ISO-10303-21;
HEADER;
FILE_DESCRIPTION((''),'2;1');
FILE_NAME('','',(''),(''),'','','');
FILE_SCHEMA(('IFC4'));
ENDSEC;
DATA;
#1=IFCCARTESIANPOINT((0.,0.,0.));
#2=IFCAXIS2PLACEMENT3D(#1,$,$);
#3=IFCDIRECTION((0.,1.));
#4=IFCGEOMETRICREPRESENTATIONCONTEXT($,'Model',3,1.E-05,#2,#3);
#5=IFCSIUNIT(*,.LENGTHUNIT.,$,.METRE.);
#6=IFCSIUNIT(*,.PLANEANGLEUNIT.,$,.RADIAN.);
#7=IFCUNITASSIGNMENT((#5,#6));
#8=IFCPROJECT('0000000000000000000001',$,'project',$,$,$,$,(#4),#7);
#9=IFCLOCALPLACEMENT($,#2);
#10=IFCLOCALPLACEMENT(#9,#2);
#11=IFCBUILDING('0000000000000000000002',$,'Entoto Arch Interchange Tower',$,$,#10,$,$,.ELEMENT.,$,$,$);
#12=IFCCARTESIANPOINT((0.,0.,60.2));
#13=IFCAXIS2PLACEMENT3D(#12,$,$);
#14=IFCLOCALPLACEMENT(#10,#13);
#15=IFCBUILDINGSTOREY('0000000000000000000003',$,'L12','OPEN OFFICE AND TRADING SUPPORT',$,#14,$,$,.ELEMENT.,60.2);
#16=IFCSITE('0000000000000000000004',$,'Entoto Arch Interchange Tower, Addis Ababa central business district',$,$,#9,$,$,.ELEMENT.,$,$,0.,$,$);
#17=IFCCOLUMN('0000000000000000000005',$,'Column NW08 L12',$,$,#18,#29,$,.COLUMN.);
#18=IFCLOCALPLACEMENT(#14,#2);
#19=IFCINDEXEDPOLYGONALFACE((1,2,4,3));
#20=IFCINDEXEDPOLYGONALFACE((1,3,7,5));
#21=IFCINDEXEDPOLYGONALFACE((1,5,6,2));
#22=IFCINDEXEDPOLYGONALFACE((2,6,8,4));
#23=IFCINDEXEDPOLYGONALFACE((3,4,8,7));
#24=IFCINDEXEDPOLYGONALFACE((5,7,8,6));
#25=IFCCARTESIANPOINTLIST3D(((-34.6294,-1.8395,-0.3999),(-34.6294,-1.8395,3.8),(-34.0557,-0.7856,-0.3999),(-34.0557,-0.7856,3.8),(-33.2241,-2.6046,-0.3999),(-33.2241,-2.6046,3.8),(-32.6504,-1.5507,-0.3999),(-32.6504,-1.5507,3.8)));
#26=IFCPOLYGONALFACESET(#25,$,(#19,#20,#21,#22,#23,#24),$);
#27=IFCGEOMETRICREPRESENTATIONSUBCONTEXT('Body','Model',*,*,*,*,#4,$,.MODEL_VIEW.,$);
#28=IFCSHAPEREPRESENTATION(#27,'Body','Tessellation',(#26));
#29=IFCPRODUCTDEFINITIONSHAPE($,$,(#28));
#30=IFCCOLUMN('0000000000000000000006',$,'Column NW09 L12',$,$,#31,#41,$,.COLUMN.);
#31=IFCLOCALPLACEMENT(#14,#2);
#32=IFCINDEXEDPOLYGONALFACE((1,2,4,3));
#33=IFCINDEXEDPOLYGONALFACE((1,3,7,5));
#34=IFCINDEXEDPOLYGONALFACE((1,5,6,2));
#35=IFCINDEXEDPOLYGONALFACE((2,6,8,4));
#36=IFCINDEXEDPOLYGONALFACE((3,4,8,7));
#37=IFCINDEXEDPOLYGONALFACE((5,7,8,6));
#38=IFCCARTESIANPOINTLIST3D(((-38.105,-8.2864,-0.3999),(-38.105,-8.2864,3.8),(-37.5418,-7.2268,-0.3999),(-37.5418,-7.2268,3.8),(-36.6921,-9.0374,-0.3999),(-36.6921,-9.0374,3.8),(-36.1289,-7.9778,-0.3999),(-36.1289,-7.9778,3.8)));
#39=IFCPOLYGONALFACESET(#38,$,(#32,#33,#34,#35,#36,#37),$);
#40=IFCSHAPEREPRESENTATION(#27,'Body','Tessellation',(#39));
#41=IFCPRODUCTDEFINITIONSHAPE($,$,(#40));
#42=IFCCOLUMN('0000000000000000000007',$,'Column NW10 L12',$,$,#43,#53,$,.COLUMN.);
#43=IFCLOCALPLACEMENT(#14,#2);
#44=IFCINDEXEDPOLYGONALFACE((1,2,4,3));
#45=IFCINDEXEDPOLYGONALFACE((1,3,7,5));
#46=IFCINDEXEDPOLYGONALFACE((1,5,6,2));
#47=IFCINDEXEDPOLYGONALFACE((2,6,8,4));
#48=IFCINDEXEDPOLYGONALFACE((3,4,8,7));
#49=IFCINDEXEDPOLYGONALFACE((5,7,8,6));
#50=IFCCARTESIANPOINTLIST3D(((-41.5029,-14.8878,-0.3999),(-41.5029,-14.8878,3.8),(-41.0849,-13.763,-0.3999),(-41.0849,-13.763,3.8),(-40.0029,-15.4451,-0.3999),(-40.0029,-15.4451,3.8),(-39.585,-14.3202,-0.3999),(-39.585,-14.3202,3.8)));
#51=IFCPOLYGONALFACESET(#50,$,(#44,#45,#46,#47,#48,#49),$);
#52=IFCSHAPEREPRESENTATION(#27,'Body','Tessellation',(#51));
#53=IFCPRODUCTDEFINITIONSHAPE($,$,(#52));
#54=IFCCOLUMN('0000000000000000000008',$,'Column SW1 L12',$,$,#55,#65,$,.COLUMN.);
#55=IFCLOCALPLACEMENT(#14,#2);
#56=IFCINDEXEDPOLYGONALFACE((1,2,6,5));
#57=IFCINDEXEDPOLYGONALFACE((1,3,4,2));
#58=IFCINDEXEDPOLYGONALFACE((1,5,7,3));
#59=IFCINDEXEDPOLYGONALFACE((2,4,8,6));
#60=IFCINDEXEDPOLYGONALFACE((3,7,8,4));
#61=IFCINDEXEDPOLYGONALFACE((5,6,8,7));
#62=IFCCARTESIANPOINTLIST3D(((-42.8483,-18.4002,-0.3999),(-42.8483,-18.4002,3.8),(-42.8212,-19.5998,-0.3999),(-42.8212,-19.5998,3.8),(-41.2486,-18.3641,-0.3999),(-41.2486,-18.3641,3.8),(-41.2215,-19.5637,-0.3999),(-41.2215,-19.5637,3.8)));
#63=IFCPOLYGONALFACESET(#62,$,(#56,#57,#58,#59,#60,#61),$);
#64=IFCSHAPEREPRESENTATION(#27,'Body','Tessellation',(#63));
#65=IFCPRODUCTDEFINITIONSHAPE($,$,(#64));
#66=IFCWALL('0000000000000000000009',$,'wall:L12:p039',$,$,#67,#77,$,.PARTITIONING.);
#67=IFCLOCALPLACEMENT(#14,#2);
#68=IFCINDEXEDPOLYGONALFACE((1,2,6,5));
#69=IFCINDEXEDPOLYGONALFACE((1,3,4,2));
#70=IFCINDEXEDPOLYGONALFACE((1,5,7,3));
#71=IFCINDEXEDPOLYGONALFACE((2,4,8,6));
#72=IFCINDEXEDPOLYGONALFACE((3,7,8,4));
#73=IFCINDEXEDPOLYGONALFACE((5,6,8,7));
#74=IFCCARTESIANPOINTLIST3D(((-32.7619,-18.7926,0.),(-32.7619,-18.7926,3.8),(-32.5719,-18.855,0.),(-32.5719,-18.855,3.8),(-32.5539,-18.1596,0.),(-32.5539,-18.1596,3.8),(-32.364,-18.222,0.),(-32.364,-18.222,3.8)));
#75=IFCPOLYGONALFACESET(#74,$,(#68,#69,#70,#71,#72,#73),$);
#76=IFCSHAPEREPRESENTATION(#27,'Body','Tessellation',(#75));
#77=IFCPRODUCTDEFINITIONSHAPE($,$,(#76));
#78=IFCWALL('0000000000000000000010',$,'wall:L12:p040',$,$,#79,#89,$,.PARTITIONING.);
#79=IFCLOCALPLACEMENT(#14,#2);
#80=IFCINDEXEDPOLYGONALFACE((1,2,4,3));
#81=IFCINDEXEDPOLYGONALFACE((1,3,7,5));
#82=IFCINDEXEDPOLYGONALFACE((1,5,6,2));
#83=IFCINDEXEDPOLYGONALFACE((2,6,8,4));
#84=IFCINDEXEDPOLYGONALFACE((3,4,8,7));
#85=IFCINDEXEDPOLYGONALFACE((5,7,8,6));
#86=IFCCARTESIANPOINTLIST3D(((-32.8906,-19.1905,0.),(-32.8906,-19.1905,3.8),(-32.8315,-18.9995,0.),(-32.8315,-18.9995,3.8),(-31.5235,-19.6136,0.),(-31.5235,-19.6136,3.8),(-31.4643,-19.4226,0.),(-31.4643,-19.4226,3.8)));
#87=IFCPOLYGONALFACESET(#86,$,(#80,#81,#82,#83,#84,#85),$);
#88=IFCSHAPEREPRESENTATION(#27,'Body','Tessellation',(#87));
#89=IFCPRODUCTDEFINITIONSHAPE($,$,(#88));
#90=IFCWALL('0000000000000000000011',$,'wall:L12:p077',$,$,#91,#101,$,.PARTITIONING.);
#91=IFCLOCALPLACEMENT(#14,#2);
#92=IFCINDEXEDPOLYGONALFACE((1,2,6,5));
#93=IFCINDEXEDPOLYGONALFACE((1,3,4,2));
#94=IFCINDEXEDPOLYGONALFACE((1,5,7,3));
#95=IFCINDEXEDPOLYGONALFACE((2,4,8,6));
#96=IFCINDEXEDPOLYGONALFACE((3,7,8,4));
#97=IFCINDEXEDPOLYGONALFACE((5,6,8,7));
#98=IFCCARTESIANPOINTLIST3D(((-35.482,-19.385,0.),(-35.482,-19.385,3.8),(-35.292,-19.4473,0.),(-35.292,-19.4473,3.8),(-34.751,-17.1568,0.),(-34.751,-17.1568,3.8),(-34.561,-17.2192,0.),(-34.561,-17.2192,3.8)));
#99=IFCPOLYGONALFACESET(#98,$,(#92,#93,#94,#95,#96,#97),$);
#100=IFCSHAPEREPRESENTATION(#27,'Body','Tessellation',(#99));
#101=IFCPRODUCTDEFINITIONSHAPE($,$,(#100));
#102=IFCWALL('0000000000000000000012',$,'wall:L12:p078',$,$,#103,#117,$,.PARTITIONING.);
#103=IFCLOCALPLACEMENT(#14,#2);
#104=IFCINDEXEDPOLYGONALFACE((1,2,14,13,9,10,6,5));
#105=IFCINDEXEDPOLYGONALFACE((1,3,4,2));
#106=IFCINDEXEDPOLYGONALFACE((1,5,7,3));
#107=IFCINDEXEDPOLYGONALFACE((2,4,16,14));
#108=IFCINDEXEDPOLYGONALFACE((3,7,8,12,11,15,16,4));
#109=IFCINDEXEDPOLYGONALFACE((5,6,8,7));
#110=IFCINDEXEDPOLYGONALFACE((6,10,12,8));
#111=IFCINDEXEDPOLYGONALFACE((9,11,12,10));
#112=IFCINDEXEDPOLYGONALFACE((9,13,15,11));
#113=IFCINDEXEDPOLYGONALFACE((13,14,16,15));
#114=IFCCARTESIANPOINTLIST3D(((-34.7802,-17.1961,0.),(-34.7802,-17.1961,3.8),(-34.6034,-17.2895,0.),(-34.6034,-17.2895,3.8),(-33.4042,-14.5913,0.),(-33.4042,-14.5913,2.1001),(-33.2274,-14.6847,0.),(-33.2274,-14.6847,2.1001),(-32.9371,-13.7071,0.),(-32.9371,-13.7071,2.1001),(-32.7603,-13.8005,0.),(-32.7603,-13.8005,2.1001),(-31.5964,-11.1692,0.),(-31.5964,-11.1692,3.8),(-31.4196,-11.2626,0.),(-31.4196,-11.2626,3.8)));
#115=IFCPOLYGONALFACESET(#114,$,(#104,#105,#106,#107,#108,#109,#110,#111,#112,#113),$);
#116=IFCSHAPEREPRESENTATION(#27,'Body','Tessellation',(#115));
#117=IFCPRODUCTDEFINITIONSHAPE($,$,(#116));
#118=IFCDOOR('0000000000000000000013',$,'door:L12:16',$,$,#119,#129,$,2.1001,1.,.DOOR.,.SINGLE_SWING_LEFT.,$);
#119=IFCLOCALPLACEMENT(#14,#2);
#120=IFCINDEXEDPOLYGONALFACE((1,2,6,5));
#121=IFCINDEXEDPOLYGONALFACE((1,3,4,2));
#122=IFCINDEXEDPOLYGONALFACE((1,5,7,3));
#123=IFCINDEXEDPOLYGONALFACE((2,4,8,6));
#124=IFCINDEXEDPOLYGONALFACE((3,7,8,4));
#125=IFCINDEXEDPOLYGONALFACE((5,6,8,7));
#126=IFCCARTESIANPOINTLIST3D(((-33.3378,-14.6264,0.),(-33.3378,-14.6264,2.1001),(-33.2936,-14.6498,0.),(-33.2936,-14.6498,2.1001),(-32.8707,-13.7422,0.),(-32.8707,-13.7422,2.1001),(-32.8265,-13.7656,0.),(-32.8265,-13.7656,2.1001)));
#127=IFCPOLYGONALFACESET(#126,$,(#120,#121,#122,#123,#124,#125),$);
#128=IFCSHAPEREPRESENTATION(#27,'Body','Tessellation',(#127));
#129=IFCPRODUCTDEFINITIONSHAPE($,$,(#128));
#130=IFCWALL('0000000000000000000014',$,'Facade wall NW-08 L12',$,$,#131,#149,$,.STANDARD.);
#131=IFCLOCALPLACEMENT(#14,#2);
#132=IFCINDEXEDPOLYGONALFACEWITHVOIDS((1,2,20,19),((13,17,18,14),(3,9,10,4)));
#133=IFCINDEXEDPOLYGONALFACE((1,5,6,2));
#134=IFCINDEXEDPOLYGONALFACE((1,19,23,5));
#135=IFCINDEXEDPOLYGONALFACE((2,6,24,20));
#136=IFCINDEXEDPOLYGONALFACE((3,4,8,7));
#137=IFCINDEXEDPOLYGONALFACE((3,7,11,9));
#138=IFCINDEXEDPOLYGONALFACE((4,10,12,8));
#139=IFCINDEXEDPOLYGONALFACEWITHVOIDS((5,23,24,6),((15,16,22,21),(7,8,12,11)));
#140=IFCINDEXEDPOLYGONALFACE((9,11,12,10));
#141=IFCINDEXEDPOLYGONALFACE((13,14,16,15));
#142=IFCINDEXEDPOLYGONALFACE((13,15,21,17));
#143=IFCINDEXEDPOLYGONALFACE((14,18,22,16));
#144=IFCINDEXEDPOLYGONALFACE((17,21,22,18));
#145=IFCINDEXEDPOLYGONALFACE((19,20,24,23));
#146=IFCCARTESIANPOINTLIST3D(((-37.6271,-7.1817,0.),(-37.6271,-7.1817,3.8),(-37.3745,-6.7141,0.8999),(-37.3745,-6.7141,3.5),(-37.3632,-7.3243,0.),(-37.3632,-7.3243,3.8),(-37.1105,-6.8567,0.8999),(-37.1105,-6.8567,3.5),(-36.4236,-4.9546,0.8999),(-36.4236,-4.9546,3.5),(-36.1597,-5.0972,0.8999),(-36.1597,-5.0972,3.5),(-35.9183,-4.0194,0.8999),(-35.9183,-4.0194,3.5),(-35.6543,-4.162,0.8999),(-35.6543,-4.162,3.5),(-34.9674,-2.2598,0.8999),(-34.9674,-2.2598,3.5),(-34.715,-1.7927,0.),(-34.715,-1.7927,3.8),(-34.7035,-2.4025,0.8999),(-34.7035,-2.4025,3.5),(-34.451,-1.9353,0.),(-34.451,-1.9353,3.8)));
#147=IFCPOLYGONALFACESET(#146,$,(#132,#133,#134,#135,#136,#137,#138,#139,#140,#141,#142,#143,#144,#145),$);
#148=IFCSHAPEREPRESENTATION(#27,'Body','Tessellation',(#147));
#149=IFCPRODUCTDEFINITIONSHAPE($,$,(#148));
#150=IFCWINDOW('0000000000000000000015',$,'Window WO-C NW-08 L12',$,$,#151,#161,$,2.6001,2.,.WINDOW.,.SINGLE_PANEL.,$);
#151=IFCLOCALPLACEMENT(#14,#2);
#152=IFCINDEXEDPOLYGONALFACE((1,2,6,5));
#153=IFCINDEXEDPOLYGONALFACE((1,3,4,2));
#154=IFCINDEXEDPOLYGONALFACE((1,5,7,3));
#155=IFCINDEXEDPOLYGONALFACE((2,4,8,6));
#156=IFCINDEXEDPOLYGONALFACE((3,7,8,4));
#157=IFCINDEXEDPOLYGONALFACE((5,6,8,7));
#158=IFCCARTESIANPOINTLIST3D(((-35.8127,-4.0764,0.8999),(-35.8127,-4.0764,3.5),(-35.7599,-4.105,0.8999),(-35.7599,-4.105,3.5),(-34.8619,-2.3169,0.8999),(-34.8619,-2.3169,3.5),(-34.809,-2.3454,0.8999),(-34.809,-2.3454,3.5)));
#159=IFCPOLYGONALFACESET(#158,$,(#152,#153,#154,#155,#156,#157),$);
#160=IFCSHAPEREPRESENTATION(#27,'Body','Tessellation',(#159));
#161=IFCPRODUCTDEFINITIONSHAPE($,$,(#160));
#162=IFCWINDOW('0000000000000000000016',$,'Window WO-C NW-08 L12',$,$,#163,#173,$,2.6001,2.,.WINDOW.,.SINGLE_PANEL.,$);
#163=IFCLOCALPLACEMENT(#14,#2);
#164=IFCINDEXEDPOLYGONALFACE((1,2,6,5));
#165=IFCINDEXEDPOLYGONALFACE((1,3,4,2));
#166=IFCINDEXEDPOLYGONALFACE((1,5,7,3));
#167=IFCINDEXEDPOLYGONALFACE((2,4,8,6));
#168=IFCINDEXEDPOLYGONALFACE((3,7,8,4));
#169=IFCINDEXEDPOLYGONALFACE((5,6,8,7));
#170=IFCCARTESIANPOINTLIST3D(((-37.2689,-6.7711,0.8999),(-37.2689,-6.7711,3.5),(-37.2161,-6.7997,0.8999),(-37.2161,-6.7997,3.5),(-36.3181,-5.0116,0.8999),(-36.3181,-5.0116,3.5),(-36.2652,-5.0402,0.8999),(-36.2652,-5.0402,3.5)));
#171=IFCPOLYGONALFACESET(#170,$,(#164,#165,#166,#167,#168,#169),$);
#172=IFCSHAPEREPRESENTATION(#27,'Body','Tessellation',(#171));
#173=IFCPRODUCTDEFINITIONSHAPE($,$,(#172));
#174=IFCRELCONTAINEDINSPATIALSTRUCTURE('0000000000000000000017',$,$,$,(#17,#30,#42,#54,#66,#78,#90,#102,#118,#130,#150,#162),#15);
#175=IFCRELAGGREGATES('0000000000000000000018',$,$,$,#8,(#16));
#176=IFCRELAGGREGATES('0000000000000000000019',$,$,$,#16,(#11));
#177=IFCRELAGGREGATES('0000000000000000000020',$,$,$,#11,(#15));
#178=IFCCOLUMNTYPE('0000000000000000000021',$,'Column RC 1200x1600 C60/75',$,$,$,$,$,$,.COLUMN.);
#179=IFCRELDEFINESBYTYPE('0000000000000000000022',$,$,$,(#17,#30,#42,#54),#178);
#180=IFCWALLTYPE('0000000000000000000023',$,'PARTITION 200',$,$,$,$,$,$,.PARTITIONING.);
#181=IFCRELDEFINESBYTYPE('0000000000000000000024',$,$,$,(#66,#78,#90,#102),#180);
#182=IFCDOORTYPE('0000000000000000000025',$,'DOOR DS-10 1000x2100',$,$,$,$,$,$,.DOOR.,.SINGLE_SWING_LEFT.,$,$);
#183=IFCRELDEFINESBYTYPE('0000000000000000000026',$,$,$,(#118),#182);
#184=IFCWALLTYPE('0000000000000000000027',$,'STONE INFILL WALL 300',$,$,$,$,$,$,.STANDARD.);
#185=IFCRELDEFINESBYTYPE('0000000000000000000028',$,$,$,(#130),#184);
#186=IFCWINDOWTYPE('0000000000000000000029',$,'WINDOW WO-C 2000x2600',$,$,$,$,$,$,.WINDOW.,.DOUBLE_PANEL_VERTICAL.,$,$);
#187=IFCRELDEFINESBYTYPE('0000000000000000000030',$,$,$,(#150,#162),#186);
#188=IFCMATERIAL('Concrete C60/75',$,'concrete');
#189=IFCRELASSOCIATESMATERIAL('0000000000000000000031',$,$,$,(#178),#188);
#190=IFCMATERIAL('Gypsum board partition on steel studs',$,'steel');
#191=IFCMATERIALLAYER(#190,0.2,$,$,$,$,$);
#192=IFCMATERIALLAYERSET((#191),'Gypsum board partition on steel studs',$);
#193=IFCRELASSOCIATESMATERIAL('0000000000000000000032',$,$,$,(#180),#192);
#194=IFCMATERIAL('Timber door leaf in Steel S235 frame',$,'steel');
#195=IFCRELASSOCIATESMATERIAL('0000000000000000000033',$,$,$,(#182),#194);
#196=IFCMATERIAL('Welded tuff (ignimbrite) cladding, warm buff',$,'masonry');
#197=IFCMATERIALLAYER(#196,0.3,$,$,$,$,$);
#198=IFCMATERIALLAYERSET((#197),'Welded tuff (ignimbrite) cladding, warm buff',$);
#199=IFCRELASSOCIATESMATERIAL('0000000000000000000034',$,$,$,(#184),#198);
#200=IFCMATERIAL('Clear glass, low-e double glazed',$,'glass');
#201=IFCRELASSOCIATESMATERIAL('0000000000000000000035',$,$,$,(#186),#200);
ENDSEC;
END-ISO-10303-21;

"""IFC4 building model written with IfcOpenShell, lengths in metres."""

from ifc_helpers import new_model, si_unit, direction, frame, frame_2d, origin, origin_2d, place, context, subcontext, project, spatial, rectangle, extrude, material, layer, layer_set, material_profile, profile_set, type_object, element, fill, save


model = new_model("IFC4")

# Units and contexts
model_context = context("Model", 3, precision=1e-05, world=origin(), true_north=direction((0.0, 1.0)))
body_context = subcontext(model_context, "Body", "Model", "MODEL_VIEW")
ifc_project = project(units=[si_unit("LENGTHUNIT", "METRE"), si_unit("PLANEANGLEUNIT", "RADIAN")], contexts=[model_context])

# Site, building, storey
site_placement = place(None, origin())
site = spatial("IfcSite", under=ifc_project, at=site_placement, Name="Entoto Arch Interchange Tower, Addis Ababa central business district", CompositionType="ELEMENT", RefElevation=0.0)
building_placement = place(site_placement, origin())
building = spatial("IfcBuilding", under=site, at=building_placement, Name="Entoto Arch Interchange Tower", CompositionType="ELEMENT")
storey_placement = place(building_placement, frame((0.0, 0.0, 60.2)))
storey = spatial("IfcBuildingStorey", under=building, at=storey_placement, Name="L12", Description="OPEN OFFICE AND TRADING SUPPORT", CompositionType="ELEMENT", Elevation=60.2)

# Columns
ifc_material_1 = material(Name="Concrete C60/75", Category="concrete")
ifc_material_profile = material_profile(ifc_material_1, rectangle(XDim=1.2, YDim=1.6001, at=origin_2d()))
ifc_profile_set = profile_set([ifc_material_profile], Name="Concrete C60/75")
column_type = type_object("IfcColumnType", Name="Column RC 1200x1600 C60/75", PredefinedType="COLUMN", material=ifc_profile_set)
for number, where, z_axis, x_axis, name in (
    (1, (-33.6399, -1.6951, -0.3999), (0.0, 0.0, 1.0), (0.47814, 0.878284, 0.0), "Column NW08 L12"),
    (2, (-37.1169, -8.1321, -0.3999), (0.0, 0.0, 1.0), (0.469317, 0.88303, 0.0), "Column NW09 L12"),
    (3, (-40.5439, -14.604, -0.3999), (0.0, 0.0, 1.0), (0.348278, 0.937391, 0.0), "Column NW10 L12"),
    (4, (-42.0349, -18.9819, -0.3999), (0.0, 0.0, 1.0), (-0.022565, 0.999745, 0.0), "Column SW1 L12"),
):
    element("IfcColumn", number, at=place(storey_placement, frame(where, z_axis=z_axis, x_axis=x_axis)), inside=storey, type_object=column_type, Name=name, PredefinedType="COLUMN", context=body_context, shape_type="SweptSolid", body=[
        extrude(rectangle(XDim=1.2, YDim=1.6001, at=origin_2d()), origin(), (0.0, 0.0, 1.0), 4.2),
    ])

# Walls
ifc_material_2 = material(Name="Gypsum board partition on steel studs", Category="steel")
ifc_layer_1 = layer(ifc_material_2, 0.2)
ifc_layer_set_1 = layer_set([ifc_layer_1], Name="Gypsum board partition on steel studs")
wall_type_1 = type_object("IfcWallType", Name="PARTITION 200", PredefinedType="PARTITIONING", material=ifc_layer_set_1)
wall_1_placement = place(storey_placement, frame((-32.459, -18.1909, 0.0), z_axis=(0.0, 0.0, 1.0), x_axis=(-0.312158, -0.95003, 0.0)))
element("IfcWall", 5, at=wall_1_placement, inside=storey, type_object=wall_type_1, Name="wall:L12:p039", PredefinedType="PARTITIONING", context=body_context, shape_type="SweptSolid", body=[
    extrude(rectangle(XDim=0.6663, YDim=0.2, at=frame_2d((0.333, 0.0))), origin(), (0.0, 0.0, 1.0), 3.8),
])
wall_2_placement = place(storey_placement, frame((-32.8611, -19.095, 0.0), z_axis=(0.0, 0.0, 1.0), x_axis=(0.955302, -0.295632, 0.0)))
element("IfcWall", 6, at=wall_2_placement, inside=storey, type_object=wall_type_1, Name="wall:L12:p040", PredefinedType="PARTITIONING", context=body_context, shape_type="SweptSolid", body=[
    extrude(rectangle(XDim=1.4312, YDim=0.2, at=frame_2d((0.7156, 0.0))), origin(), (0.0, 0.0, 1.0), 3.8),
])
wall_3_placement = place(storey_placement, frame((-35.387, -19.416, 0.0), z_axis=(0.0, 0.0, 1.0), x_axis=(0.311726, 0.950172, 0.0)))
element("IfcWall", 7, at=wall_3_placement, inside=storey, type_object=wall_type_1, Name="wall:L12:p077", PredefinedType="PARTITIONING", context=body_context, shape_type="SweptSolid", body=[
    extrude(rectangle(XDim=2.345, YDim=0.2, at=frame_2d((1.1724, 0.0))), origin(), (0.0, 0.0, 1.0), 3.8),
])

# Wall, opening, door
wall_4_placement = place(storey_placement, frame((-34.6919, -17.2429, 0.0), z_axis=(0.0, 0.0, 1.0), x_axis=(0.467103, 0.884203, 0.0)))
wall_4 = element("IfcWall", 8, at=wall_4_placement, inside=storey, type_object=wall_type_1, Name="wall:L12:p078", PredefinedType="PARTITIONING", context=body_context, shape_type="SweptSolid", body=[
    extrude(rectangle(XDim=6.8162, YDim=0.2, at=frame_2d((3.4082, 0.0))), origin(), (0.0, 0.0, 1.0), 3.8),
])
opening_1_placement = place(wall_4_placement, frame((2.946, 0.0, 0.0)))
opening_1 = element("IfcOpeningElement", 9, at=opening_1_placement, cuts=wall_4, PredefinedType="OPENING", context=body_context, shape_type="SweptSolid", body=[
    extrude(rectangle(XDim=1.0, YDim=2.1001, at=frame_2d((0.5, 1.05))), frame((0.0, 0.1099, 0.0), z_axis=(0.0, -1.0, 0.0), x_axis=(1.0, 0.0, 0.0)), (0.0, 0.0, 1.0), 0.22),
])
ifc_material_3 = material(Name="Timber door leaf in Steel S235 frame", Category="steel")
door_type = type_object("IfcDoorType", Name="DOOR DS-10 1000x2100", OperationType="SINGLE_SWING_LEFT", PredefinedType="DOOR", material=ifc_material_3)
door_placement = place(opening_1_placement, origin())
door = element("IfcDoor", 10, at=door_placement, inside=storey, type_object=door_type, Name="door:L12:16", OperationType="SINGLE_SWING_LEFT", OverallHeight=2.1001, OverallWidth=1.0, PredefinedType="DOOR", context=body_context, shape_type="SweptSolid", body=[
    extrude(rectangle(XDim=1.0, YDim=2.1001, at=frame_2d((0.5, 1.05))), frame((0.0, 0.0249, 0.0), z_axis=(0.0, -1.0, 0.0), x_axis=(1.0, 0.0, 0.0)), (0.0, 0.0, 1.0), 0.05),
])
fill(opening_1, door)

# Wall, openings, windows
ifc_material_4 = material(Name="Welded tuff (ignimbrite) cladding, warm buff", Category="masonry")
ifc_layer_2 = layer(ifc_material_4, 0.3)
ifc_layer_set_2 = layer_set([ifc_layer_2], Name="Welded tuff (ignimbrite) cladding, warm buff")
wall_type_2 = type_object("IfcWallType", Name="STONE INFILL WALL 300", PredefinedType="STANDARD", material=ifc_layer_set_2)
wall_5_placement = place(storey_placement, frame((-34.583, -1.864, 0.0), z_axis=(0.0, 0.0, 1.0), x_axis=(-0.475414, -0.879762, 0.0)))
wall_5 = element("IfcWall", 11, at=wall_5_placement, inside=storey, type_object=wall_type_2, Name="Facade wall NW-08 L12", PredefinedType="STANDARD", context=body_context, shape_type="SweptSolid", body=[
    extrude(rectangle(XDim=6.1255, YDim=0.3, at=frame_2d((3.0627, 0.0))), origin(), (0.0, 0.0, 1.0), 3.8),
])
opening_2_placement = place(wall_5_placement, frame((0.531, 0.0, 0.8999)))
opening_2 = element("IfcOpeningElement", 12, at=opening_2_placement, cuts=wall_5, PredefinedType="OPENING", context=body_context, shape_type="SweptSolid", body=[
    extrude(rectangle(XDim=2.0, YDim=2.6001, at=frame_2d((1.0, 1.3))), frame((0.0, 0.1602, 0.0), z_axis=(0.0, -1.0, 0.0), x_axis=(1.0, 0.0, 0.0)), (0.0, 0.0, 1.0), 0.3201),
])
opening_3_placement = place(wall_5_placement, frame((3.594, 0.0, 0.8999)))
opening_3 = element("IfcOpeningElement", 13, at=opening_3_placement, cuts=wall_5, PredefinedType="OPENING", context=body_context, shape_type="SweptSolid", body=[
    extrude(rectangle(XDim=2.0, YDim=2.6001, at=frame_2d((1.0, 1.3))), frame((0.0, 0.1602, 0.0), z_axis=(0.0, -1.0, 0.0), x_axis=(1.0, 0.0, 0.0)), (0.0, 0.0, 1.0), 0.3201),
])
ifc_material_5 = material(Name="Clear glass, low-e double glazed", Category="glass")
window_type_1 = type_object("IfcWindowType", Name="WINDOW WO-C 2000x2600", PartitioningType="DOUBLE_PANEL_VERTICAL", PredefinedType="WINDOW", material=ifc_material_5)
window_1_placement = place(opening_2_placement, origin())
window_1 = element("IfcWindow", 14, at=window_1_placement, inside=storey, type_object=window_type_1, Name="Window WO-C NW-08 L12", OverallHeight=2.6001, OverallWidth=2.0, PartitioningType="SINGLE_PANEL", PredefinedType="WINDOW", context=body_context, shape_type="SweptSolid", body=[
    extrude(rectangle(XDim=2.0, YDim=2.6001, at=frame_2d((1.0, 1.3))), frame((0.0, 0.03, 0.0), z_axis=(0.0, -1.0, 0.0), x_axis=(1.0, 0.0, 0.0)), (0.0, 0.0, 1.0), 0.0601),
])
fill(opening_2, window_1)
window_2_placement = place(opening_3_placement, origin())
window_2 = element("IfcWindow", 15, at=window_2_placement, inside=storey, type_object=window_type_1, Name="Window WO-C NW-08 L12", OverallHeight=2.6001, OverallWidth=2.0, PartitioningType="SINGLE_PANEL", PredefinedType="WINDOW", context=body_context, shape_type="SweptSolid", body=[
    extrude(rectangle(XDim=2.0, YDim=2.6001, at=frame_2d((1.0, 1.3))), frame((0.0, 0.03, 0.0), z_axis=(0.0, -1.0, 0.0), x_axis=(1.0, 0.0, 0.0)), (0.0, 0.0, 1.0), 0.0601),
])
fill(opening_3, window_2)

save(model, "model.ifc")
